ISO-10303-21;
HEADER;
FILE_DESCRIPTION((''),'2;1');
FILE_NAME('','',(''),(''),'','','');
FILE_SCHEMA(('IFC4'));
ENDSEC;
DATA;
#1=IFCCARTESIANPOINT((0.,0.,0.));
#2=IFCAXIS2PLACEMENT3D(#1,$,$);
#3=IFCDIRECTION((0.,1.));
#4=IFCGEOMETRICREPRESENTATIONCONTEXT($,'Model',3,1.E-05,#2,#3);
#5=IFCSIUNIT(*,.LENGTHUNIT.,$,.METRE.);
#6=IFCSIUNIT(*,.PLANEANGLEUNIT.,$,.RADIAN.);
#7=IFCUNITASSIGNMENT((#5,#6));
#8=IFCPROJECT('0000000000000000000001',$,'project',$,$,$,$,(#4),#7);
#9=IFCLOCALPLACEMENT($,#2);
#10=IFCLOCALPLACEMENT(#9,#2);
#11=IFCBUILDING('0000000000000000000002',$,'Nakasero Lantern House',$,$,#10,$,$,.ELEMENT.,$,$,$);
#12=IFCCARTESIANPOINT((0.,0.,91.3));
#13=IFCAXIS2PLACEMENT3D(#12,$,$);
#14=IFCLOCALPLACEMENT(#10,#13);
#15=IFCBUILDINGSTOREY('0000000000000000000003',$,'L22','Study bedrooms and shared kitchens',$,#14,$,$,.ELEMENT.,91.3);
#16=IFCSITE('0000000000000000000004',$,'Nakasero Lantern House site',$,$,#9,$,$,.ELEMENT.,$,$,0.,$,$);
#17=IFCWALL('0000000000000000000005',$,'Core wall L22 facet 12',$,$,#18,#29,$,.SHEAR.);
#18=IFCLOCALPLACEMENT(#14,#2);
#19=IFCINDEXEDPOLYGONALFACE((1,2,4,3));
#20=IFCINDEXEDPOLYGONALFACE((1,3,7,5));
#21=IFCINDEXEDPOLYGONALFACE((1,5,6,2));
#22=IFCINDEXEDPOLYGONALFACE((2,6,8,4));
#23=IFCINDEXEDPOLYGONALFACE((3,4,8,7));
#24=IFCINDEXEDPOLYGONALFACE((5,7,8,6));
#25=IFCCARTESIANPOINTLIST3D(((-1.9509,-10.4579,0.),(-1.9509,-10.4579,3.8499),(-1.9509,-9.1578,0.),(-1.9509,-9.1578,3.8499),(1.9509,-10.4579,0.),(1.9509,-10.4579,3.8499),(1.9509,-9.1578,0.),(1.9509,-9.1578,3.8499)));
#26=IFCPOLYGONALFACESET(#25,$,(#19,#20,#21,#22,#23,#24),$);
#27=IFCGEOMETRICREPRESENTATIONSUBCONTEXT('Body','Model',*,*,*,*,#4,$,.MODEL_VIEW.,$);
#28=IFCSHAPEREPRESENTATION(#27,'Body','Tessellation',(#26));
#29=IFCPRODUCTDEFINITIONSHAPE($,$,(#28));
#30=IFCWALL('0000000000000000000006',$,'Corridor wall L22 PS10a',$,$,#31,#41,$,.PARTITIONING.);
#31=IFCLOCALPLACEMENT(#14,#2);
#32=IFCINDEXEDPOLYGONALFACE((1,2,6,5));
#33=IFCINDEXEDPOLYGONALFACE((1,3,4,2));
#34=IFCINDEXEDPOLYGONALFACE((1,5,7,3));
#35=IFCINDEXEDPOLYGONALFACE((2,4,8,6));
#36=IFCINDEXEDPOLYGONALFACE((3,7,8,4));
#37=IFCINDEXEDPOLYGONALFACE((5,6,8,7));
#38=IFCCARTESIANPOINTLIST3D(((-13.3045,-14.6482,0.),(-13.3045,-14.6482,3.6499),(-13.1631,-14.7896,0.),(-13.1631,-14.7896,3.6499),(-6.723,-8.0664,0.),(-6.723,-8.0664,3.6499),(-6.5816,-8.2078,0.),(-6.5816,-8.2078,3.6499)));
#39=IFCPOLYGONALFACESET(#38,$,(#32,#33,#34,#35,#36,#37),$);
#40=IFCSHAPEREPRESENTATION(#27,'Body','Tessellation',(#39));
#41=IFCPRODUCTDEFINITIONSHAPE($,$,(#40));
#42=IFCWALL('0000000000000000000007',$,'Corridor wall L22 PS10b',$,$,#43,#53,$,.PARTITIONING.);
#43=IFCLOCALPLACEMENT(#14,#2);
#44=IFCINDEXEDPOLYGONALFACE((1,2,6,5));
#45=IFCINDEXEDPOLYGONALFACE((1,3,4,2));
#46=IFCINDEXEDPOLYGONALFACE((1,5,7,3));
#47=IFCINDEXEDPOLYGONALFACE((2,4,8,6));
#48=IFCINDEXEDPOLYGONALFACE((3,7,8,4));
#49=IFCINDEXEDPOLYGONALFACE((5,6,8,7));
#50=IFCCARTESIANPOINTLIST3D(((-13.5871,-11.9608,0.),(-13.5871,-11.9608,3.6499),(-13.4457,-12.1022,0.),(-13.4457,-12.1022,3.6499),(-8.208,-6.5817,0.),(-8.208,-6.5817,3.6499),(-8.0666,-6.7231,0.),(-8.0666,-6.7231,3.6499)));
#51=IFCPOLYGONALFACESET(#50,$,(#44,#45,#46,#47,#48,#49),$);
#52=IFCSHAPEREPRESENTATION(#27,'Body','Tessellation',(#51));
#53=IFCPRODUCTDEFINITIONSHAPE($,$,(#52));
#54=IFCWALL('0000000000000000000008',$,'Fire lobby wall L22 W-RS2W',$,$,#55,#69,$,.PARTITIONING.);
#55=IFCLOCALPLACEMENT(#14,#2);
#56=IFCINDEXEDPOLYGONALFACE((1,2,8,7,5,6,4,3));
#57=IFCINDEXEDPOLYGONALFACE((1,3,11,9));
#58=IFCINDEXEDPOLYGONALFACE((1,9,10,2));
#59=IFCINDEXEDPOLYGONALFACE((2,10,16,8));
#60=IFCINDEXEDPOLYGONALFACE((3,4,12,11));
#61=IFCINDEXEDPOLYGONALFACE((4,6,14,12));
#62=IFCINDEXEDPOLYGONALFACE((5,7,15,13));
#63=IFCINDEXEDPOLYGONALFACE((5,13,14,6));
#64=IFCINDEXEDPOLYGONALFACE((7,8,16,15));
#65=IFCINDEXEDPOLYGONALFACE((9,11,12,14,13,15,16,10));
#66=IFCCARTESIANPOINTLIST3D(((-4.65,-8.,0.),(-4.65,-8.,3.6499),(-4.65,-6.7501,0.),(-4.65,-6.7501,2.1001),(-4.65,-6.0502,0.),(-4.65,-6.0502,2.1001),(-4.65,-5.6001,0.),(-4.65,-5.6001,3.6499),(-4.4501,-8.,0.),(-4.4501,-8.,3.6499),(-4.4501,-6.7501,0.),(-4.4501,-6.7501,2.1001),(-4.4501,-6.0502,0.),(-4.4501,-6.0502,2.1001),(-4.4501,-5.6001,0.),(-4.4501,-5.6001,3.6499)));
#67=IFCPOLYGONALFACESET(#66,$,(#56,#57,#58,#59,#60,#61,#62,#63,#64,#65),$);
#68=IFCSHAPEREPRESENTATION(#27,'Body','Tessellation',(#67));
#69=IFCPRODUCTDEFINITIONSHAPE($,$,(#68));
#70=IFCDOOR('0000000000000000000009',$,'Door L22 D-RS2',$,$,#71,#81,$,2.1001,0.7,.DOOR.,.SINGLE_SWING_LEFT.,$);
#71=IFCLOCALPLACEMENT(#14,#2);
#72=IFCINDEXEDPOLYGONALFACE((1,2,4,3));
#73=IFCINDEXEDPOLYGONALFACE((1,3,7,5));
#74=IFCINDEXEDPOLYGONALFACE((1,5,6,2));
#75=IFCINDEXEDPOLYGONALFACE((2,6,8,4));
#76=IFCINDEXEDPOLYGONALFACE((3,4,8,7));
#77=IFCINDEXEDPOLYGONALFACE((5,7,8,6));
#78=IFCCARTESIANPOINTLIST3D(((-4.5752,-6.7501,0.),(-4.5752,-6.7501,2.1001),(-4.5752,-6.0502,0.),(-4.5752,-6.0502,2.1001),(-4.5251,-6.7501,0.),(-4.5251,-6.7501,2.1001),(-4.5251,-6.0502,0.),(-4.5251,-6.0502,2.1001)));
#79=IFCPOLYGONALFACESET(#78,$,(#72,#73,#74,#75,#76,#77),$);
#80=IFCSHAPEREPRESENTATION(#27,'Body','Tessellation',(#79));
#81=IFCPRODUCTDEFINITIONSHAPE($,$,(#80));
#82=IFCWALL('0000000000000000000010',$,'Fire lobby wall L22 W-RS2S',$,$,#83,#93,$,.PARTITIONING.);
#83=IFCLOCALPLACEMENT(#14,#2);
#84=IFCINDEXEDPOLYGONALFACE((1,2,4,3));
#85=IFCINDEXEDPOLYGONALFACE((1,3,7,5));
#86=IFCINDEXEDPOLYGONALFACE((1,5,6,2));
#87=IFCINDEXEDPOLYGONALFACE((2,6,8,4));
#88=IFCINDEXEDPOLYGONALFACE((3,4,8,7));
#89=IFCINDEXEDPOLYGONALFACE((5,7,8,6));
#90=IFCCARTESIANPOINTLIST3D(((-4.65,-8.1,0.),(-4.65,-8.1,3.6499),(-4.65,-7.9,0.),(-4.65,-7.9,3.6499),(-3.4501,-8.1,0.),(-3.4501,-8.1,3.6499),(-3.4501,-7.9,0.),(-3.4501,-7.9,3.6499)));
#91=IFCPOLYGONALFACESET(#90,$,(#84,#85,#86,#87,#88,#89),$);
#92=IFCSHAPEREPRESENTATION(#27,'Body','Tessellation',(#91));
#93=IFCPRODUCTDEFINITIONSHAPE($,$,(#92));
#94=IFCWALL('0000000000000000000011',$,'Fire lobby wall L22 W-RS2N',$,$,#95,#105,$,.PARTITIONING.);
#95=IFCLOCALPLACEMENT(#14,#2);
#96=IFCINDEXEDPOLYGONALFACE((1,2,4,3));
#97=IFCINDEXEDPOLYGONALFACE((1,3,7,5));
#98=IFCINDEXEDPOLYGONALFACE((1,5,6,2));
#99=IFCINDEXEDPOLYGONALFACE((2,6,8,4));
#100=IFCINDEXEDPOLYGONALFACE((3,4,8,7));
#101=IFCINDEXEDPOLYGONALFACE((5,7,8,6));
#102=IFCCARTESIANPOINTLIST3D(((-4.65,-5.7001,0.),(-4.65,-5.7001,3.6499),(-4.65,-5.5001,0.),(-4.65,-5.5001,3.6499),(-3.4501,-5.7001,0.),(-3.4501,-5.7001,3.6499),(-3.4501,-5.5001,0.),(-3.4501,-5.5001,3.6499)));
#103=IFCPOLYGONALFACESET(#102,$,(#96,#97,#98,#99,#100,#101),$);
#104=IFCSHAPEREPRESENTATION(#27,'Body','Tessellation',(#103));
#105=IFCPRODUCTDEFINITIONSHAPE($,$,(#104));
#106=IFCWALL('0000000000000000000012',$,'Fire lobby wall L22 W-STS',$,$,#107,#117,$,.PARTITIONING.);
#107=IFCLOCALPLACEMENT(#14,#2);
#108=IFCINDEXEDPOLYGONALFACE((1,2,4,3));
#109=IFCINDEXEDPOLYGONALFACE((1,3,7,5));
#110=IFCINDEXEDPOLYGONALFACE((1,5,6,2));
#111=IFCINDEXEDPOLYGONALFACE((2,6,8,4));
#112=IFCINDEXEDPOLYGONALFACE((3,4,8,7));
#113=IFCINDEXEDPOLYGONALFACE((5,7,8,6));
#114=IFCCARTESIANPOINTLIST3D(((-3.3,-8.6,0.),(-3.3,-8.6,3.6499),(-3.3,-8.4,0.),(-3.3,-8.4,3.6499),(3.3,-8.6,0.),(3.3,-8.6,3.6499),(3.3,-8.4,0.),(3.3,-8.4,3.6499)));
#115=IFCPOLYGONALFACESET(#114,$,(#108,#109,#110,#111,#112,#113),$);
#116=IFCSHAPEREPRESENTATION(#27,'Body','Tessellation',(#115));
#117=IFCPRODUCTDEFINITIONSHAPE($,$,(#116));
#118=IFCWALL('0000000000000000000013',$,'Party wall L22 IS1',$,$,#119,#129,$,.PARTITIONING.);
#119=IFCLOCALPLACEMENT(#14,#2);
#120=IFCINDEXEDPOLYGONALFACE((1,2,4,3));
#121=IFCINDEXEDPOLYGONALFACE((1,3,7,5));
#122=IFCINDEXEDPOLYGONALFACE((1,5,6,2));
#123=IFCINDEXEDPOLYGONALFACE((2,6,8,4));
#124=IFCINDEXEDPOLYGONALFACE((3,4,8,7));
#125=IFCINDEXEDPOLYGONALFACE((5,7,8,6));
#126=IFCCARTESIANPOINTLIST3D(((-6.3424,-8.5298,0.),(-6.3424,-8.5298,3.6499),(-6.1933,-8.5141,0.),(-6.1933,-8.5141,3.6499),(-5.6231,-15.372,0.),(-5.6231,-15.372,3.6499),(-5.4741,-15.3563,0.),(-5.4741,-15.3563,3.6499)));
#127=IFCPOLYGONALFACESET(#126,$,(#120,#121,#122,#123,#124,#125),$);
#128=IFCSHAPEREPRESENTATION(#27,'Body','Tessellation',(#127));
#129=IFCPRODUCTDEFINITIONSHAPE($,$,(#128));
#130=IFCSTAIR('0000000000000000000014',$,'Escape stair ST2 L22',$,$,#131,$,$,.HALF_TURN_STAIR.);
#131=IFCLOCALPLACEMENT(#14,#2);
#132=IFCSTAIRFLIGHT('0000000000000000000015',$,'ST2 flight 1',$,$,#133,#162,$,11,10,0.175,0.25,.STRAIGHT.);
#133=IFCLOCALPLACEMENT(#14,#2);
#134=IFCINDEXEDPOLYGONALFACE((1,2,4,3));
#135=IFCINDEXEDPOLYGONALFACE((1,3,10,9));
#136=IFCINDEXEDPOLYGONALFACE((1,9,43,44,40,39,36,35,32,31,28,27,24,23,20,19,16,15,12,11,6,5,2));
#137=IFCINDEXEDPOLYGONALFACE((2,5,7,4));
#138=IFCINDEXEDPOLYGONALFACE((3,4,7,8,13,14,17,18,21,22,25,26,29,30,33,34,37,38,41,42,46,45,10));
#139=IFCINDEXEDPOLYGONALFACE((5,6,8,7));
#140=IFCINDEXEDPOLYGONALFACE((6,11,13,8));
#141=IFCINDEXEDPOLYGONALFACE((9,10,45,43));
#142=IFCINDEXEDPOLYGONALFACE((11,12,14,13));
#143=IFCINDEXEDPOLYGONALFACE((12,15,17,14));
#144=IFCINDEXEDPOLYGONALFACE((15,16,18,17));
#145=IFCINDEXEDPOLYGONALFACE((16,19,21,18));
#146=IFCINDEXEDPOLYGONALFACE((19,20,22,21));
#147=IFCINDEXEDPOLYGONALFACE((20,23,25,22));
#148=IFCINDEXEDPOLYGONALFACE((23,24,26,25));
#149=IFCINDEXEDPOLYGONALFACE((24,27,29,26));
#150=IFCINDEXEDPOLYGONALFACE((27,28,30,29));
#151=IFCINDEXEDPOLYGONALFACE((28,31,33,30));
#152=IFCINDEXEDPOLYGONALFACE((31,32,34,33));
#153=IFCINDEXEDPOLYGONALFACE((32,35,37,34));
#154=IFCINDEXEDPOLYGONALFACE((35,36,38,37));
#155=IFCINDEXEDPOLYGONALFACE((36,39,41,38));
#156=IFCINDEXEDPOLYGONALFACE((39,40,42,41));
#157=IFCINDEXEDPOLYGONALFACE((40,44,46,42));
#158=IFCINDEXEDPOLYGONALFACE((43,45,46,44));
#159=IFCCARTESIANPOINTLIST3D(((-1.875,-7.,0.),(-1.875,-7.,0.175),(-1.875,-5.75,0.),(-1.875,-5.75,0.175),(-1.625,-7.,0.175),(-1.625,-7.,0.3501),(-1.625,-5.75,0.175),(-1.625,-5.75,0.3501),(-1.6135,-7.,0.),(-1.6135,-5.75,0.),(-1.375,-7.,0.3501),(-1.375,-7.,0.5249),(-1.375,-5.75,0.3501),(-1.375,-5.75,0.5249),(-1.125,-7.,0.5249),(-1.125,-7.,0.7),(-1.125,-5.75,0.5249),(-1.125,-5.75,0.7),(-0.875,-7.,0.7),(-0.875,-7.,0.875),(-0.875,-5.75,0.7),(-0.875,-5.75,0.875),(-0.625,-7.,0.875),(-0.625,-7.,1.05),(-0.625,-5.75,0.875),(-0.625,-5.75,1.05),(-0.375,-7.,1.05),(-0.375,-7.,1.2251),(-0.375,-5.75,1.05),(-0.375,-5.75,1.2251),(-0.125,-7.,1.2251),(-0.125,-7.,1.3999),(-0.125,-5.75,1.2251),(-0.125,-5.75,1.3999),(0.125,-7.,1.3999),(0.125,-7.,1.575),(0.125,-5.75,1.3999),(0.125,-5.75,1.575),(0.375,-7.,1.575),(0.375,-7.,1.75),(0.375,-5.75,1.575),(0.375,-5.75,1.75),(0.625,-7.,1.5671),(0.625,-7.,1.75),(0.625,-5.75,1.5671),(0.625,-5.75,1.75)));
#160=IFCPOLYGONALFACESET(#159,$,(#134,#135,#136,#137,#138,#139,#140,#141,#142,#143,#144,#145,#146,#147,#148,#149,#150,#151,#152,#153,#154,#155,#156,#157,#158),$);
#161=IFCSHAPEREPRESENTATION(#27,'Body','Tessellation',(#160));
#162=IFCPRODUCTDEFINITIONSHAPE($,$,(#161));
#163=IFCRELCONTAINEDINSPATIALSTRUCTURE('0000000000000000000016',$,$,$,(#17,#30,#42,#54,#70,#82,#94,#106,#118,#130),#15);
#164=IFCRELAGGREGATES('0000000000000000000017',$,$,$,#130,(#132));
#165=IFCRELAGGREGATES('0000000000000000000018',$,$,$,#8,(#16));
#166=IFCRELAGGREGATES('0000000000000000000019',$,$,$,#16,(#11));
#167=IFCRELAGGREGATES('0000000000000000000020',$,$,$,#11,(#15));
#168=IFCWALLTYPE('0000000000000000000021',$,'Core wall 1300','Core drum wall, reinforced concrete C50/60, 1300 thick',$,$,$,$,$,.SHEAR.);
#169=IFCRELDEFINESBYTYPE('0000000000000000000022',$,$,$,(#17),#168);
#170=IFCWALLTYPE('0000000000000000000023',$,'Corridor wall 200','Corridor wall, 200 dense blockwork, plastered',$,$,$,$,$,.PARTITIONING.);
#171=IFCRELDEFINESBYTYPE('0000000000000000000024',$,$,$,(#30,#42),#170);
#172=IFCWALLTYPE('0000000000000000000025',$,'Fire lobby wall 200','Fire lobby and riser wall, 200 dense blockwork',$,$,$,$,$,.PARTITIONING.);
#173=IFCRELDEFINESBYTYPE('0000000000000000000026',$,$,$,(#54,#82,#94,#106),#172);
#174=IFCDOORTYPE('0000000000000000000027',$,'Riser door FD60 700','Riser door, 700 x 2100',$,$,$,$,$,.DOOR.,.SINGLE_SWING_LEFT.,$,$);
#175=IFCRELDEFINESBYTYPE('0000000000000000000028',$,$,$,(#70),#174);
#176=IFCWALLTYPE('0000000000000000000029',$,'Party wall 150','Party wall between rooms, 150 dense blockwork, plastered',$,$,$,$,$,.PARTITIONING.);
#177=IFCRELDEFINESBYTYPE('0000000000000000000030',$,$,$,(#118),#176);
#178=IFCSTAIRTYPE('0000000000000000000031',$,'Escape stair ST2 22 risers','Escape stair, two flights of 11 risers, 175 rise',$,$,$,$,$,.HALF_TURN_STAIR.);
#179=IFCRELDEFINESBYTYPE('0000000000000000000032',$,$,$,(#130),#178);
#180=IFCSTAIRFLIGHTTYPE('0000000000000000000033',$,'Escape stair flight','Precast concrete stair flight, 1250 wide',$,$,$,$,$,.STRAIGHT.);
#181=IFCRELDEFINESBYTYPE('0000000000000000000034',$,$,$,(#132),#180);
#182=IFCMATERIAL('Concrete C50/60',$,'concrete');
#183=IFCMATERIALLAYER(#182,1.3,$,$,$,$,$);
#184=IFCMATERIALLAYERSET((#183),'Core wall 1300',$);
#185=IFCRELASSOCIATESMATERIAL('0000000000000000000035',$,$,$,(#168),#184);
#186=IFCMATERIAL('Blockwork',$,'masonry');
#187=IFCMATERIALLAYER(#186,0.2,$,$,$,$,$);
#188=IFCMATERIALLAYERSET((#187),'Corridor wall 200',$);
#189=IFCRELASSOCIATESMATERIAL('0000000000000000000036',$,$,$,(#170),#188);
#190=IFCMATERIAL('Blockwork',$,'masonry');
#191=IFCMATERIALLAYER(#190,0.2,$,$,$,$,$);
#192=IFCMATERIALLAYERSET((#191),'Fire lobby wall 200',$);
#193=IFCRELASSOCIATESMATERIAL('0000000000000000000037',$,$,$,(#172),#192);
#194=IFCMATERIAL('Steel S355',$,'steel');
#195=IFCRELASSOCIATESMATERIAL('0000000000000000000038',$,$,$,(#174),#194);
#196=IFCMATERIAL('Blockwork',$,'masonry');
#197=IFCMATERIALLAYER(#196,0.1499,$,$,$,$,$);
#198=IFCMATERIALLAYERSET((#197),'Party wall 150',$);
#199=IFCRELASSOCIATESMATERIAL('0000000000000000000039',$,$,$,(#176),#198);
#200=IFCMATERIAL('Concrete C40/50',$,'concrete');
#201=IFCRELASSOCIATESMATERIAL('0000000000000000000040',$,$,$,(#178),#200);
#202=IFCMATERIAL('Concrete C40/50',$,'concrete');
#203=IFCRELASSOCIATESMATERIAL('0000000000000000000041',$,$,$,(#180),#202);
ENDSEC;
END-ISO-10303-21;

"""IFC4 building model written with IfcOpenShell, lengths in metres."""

from ifc_helpers import new_model, si_unit, direction, frame, frame_2d, origin, place, context, subcontext, project, spatial, polyline, rectangle, outline, extrude, material, layer, layer_set, type_object, element, fill, aggregate, save


model = new_model("IFC4")

# Units and contexts
model_context = context("Model", 3, precision=1e-05, world=origin(), true_north=direction((0.0, 1.0)))
body_context = subcontext(model_context, "Body", "Model", "MODEL_VIEW")
ifc_project = project(units=[si_unit("LENGTHUNIT", "METRE"), si_unit("PLANEANGLEUNIT", "RADIAN")], contexts=[model_context])

# Site, building, storey
site_placement = place(None, origin())
site = spatial("IfcSite", under=ifc_project, at=site_placement, Name="Nakasero Lantern House site", CompositionType="ELEMENT", RefElevation=0.0)
building_placement = place(site_placement, origin())
building = spatial("IfcBuilding", under=site, at=building_placement, Name="Nakasero Lantern House", CompositionType="ELEMENT")
storey_placement = place(building_placement, frame((0.0, 0.0, 91.3)))
storey = spatial("IfcBuildingStorey", under=building, at=storey_placement, Name="L22", Description="Study bedrooms and shared kitchens", CompositionType="ELEMENT", Elevation=91.3)

# Shared definitions
ifc_material_1 = material(Name="Concrete C50/60", Category="concrete")
ifc_layer_1 = layer(ifc_material_1, 1.3)
ifc_layer_set_1 = layer_set([ifc_layer_1], Name="Core wall 1300")
wall_type_1 = type_object("IfcWallType", Name="Core wall 1300", Description="Core drum wall, reinforced concrete C50/60, 1300 thick", PredefinedType="SHEAR", material=ifc_layer_set_1)

# Walls
for number, where, z_axis, x_axis, name in (
    (1, (-1.9509, -9.8079, 0.0), (0.0, 0.0, 1.0), (1.0, 0.0, 0.0), "Core wall L22 facet 12"),
):
    element("IfcWall", number, at=place(storey_placement, frame(where, z_axis=z_axis, x_axis=x_axis)), inside=storey, type_object=wall_type_1, Name=name, PredefinedType="SHEAR", context=body_context, shape_type="SweptSolid", body=[
        extrude(rectangle(XDim=3.9019, YDim=1.3, at=frame_2d((1.9509, 0.0))), origin(), (0.0, 0.0, 1.0), 3.8499),
    ])
ifc_material_2 = material(Name="Blockwork", Category="masonry")
ifc_layer_2 = layer(ifc_material_2, 0.2)
ifc_layer_set_2 = layer_set([ifc_layer_2], Name="Corridor wall 200")
wall_type_2 = type_object("IfcWallType", Name="Corridor wall 200", Description="Corridor wall, 200 dense blockwork, plastered", PredefinedType="PARTITIONING", material=ifc_layer_set_2)
wall_1_placement = place(storey_placement, frame((-6.6523, -8.1372, 0.0), z_axis=(0.0, 0.0, 1.0), x_axis=(-0.707094, -0.70712, 0.0)))
element("IfcWall", 2, at=wall_1_placement, inside=storey, type_object=wall_type_2, Name="Corridor wall L22 PS10a", PredefinedType="PARTITIONING", context=body_context, shape_type="SweptSolid", body=[
    extrude(rectangle(XDim=9.3079, YDim=0.2, at=frame_2d((4.6538, 0.0))), origin(), (0.0, 0.0, 1.0), 3.6499),
])
wall_2_placement = place(storey_placement, frame((-8.1372, -6.6523, 0.0), z_axis=(0.0, 0.0, 1.0), x_axis=(-0.707107, -0.707107, 0.0)))
element("IfcWall", 3, at=wall_2_placement, inside=storey, type_object=wall_type_2, Name="Corridor wall L22 PS10b", PredefinedType="PARTITIONING", context=body_context, shape_type="SweptSolid", body=[
    extrude(rectangle(XDim=7.6072, YDim=0.2, at=frame_2d((3.8037, 0.0))), origin(), (0.0, 0.0, 1.0), 3.6499),
])

# Wall, opening, door
ifc_material_3 = material(Name="Blockwork", Category="masonry")
ifc_layer_3 = layer(ifc_material_3, 0.2)
ifc_layer_set_3 = layer_set([ifc_layer_3], Name="Fire lobby wall 200")
wall_type_3 = type_object("IfcWallType", Name="Fire lobby wall 200", Description="Fire lobby and riser wall, 200 dense blockwork", PredefinedType="PARTITIONING", material=ifc_layer_set_3)
wall_3_placement = place(storey_placement, frame((-4.55, -5.6001, 0.0), z_axis=(0.0, 0.0, 1.0), x_axis=(0.0, -1.0, 0.0)))
wall_3 = element("IfcWall", 4, at=wall_3_placement, inside=storey, type_object=wall_type_3, Name="Fire lobby wall L22 W-RS2W", PredefinedType="PARTITIONING", context=body_context, shape_type="SweptSolid", body=[
    extrude(rectangle(XDim=2.3999, YDim=0.2, at=frame_2d((1.2, 0.0))), origin(), (0.0, 0.0, 1.0), 3.6499),
])
opening_1_placement = place(wall_3_placement, frame((0.45, 0.0, 0.0)))
opening_1 = element("IfcOpeningElement", 5, at=opening_1_placement, cuts=wall_3, PredefinedType="OPENING", context=body_context, shape_type="SweptSolid", body=[
    extrude(rectangle(XDim=0.7, YDim=2.1001, at=frame_2d((0.3501, 1.05))), frame((0.0, 0.1199, 0.0), z_axis=(0.0, -1.0, 0.0), x_axis=(1.0, 0.0, 0.0)), (0.0, 0.0, 1.0), 0.24),
])
ifc_material_4 = material(Name="Steel S355", Category="steel")
door_type_1 = type_object("IfcDoorType", Name="Riser door FD60 700", Description="Riser door, 700 x 2100", OperationType="SINGLE_SWING_LEFT", PredefinedType="DOOR", material=ifc_material_4)
door_1_placement = place(opening_1_placement, origin())
door_1 = element("IfcDoor", 6, at=door_1_placement, inside=storey, type_object=door_type_1, Name="Door L22 D-RS2", OperationType="SINGLE_SWING_LEFT", OverallHeight=2.1001, OverallWidth=0.7, PredefinedType="DOOR", context=body_context, shape_type="SweptSolid", body=[
    extrude(rectangle(XDim=0.7, YDim=2.1001, at=frame_2d((0.3501, 1.05))), frame((0.0, 0.0249, 0.0), z_axis=(0.0, -1.0, 0.0), x_axis=(1.0, 0.0, 0.0)), (0.0, 0.0, 1.0), 0.05),
])
fill(opening_1, door_1)

# Walls
for number, where, z_axis, x_axis, name in (
    (7, (-3.45, -8.0, 0.0), (0.0, 0.0, 1.0), (-1.0, 0.0, 0.0), "Fire lobby wall L22 W-RS2S"),
    (8, (-3.45, -5.6001, 0.0), (0.0, 0.0, 1.0), (-1.0, 0.0, 0.0), "Fire lobby wall L22 W-RS2N"),
):
    element("IfcWall", number, at=place(storey_placement, frame(where, z_axis=z_axis, x_axis=x_axis)), inside=storey, type_object=wall_type_3, Name=name, PredefinedType="PARTITIONING", context=body_context, shape_type="SweptSolid", body=[
        extrude(rectangle(XDim=1.2, YDim=0.2, at=frame_2d((0.6001, 0.0))), origin(), (0.0, 0.0, 1.0), 3.6499),
    ])
wall_4_placement = place(storey_placement, frame((-3.3, -8.5, 0.0), z_axis=(0.0, 0.0, 1.0), x_axis=(1.0, 0.0, 0.0)))
element("IfcWall", 9, at=wall_4_placement, inside=storey, type_object=wall_type_3, Name="Fire lobby wall L22 W-STS", PredefinedType="PARTITIONING", context=body_context, shape_type="SweptSolid", body=[
    extrude(rectangle(XDim=6.6001, YDim=0.2, at=frame_2d((3.3, 0.0))), origin(), (0.0, 0.0, 1.0), 3.6499),
])
ifc_material_5 = material(Name="Blockwork", Category="masonry")
ifc_layer_4 = layer(ifc_material_5, 0.1499)
ifc_layer_set_4 = layer_set([ifc_layer_4], Name="Party wall 150")
wall_type_4 = type_object("IfcWallType", Name="Party wall 150", Description="Party wall between rooms, 150 dense blockwork, plastered", PredefinedType="PARTITIONING", material=ifc_layer_set_4)
wall_5_placement = place(storey_placement, frame((-6.2678, -8.522, 0.0), z_axis=(0.0, 0.0, 1.0), x_axis=(0.104541, -0.994521, 0.0)))
element("IfcWall", 10, at=wall_5_placement, inside=storey, type_object=wall_type_4, Name="Party wall L22 IS1", PredefinedType="PARTITIONING", context=body_context, shape_type="SweptSolid", body=[
    extrude(rectangle(XDim=6.8799, YDim=0.1499, at=frame_2d((3.4399, 0.0))), origin(), (0.0, 0.0, 1.0), 3.6499),
])

# Stair, stair flight
ifc_material_6 = material(Name="Concrete C40/50", Category="concrete")
stair_type = type_object("IfcStairType", Name="Escape stair ST2 22 risers", Description="Escape stair, two flights of 11 risers, 175 rise", PredefinedType="HALF_TURN_STAIR", material=ifc_material_6)
stair_placement = place(storey_placement, origin())
stair = element("IfcStair", 11, at=stair_placement, inside=storey, type_object=stair_type, Name="Escape stair ST2 L22", PredefinedType="HALF_TURN_STAIR")
ifc_material_7 = material(Name="Concrete C40/50", Category="concrete")
stair_flight_type = type_object("IfcStairFlightType", Name="Escape stair flight", Description="Precast concrete stair flight, 1250 wide", PredefinedType="STRAIGHT", material=ifc_material_7)
stair_flight_placement = place(storey_placement, frame((-1.875, -6.375, 0.0), z_axis=(0.0, 0.0, 1.0), x_axis=(1.0, 0.0, 0.0)))
stair_flight = element("IfcStairFlight", 12, at=stair_flight_placement, type_object=stair_flight_type, Name="ST2 flight 1", NumberOfRisers=11, NumberOfTreads=10, PredefinedType="STRAIGHT", RiserHeight=0.175, TreadLength=0.25, context=body_context, shape_type="SweptSolid", body=[
    extrude(outline(polyline([(0.0, 0.0), (0.0, 0.175), (0.25, 0.175), (0.25, 0.3501), (0.5, 0.3501), (0.5, 0.5249), (0.75, 0.5249), (0.75, 0.7), (1.0, 0.7), (1.0, 0.875), (1.25, 0.875), (1.25, 1.05), (1.5, 1.05), (1.5, 1.2251), (1.75, 1.2251), (1.75, 1.3999), (2.0, 1.3999), (2.0, 1.575), (2.25, 1.575), (2.25, 1.75), (2.5, 1.75), (2.5, 1.925), (2.5, 1.5671), (0.2615, 0.0), (0.0, 0.0)])), frame((0.0, 0.625, 0.0), z_axis=(0.0, -1.0, 0.0), x_axis=(1.0, 0.0, 0.0)), (0.0, 0.0, 1.0), 1.25),
])
aggregate(stair, [stair_flight])

save(model, "model.ifc")
